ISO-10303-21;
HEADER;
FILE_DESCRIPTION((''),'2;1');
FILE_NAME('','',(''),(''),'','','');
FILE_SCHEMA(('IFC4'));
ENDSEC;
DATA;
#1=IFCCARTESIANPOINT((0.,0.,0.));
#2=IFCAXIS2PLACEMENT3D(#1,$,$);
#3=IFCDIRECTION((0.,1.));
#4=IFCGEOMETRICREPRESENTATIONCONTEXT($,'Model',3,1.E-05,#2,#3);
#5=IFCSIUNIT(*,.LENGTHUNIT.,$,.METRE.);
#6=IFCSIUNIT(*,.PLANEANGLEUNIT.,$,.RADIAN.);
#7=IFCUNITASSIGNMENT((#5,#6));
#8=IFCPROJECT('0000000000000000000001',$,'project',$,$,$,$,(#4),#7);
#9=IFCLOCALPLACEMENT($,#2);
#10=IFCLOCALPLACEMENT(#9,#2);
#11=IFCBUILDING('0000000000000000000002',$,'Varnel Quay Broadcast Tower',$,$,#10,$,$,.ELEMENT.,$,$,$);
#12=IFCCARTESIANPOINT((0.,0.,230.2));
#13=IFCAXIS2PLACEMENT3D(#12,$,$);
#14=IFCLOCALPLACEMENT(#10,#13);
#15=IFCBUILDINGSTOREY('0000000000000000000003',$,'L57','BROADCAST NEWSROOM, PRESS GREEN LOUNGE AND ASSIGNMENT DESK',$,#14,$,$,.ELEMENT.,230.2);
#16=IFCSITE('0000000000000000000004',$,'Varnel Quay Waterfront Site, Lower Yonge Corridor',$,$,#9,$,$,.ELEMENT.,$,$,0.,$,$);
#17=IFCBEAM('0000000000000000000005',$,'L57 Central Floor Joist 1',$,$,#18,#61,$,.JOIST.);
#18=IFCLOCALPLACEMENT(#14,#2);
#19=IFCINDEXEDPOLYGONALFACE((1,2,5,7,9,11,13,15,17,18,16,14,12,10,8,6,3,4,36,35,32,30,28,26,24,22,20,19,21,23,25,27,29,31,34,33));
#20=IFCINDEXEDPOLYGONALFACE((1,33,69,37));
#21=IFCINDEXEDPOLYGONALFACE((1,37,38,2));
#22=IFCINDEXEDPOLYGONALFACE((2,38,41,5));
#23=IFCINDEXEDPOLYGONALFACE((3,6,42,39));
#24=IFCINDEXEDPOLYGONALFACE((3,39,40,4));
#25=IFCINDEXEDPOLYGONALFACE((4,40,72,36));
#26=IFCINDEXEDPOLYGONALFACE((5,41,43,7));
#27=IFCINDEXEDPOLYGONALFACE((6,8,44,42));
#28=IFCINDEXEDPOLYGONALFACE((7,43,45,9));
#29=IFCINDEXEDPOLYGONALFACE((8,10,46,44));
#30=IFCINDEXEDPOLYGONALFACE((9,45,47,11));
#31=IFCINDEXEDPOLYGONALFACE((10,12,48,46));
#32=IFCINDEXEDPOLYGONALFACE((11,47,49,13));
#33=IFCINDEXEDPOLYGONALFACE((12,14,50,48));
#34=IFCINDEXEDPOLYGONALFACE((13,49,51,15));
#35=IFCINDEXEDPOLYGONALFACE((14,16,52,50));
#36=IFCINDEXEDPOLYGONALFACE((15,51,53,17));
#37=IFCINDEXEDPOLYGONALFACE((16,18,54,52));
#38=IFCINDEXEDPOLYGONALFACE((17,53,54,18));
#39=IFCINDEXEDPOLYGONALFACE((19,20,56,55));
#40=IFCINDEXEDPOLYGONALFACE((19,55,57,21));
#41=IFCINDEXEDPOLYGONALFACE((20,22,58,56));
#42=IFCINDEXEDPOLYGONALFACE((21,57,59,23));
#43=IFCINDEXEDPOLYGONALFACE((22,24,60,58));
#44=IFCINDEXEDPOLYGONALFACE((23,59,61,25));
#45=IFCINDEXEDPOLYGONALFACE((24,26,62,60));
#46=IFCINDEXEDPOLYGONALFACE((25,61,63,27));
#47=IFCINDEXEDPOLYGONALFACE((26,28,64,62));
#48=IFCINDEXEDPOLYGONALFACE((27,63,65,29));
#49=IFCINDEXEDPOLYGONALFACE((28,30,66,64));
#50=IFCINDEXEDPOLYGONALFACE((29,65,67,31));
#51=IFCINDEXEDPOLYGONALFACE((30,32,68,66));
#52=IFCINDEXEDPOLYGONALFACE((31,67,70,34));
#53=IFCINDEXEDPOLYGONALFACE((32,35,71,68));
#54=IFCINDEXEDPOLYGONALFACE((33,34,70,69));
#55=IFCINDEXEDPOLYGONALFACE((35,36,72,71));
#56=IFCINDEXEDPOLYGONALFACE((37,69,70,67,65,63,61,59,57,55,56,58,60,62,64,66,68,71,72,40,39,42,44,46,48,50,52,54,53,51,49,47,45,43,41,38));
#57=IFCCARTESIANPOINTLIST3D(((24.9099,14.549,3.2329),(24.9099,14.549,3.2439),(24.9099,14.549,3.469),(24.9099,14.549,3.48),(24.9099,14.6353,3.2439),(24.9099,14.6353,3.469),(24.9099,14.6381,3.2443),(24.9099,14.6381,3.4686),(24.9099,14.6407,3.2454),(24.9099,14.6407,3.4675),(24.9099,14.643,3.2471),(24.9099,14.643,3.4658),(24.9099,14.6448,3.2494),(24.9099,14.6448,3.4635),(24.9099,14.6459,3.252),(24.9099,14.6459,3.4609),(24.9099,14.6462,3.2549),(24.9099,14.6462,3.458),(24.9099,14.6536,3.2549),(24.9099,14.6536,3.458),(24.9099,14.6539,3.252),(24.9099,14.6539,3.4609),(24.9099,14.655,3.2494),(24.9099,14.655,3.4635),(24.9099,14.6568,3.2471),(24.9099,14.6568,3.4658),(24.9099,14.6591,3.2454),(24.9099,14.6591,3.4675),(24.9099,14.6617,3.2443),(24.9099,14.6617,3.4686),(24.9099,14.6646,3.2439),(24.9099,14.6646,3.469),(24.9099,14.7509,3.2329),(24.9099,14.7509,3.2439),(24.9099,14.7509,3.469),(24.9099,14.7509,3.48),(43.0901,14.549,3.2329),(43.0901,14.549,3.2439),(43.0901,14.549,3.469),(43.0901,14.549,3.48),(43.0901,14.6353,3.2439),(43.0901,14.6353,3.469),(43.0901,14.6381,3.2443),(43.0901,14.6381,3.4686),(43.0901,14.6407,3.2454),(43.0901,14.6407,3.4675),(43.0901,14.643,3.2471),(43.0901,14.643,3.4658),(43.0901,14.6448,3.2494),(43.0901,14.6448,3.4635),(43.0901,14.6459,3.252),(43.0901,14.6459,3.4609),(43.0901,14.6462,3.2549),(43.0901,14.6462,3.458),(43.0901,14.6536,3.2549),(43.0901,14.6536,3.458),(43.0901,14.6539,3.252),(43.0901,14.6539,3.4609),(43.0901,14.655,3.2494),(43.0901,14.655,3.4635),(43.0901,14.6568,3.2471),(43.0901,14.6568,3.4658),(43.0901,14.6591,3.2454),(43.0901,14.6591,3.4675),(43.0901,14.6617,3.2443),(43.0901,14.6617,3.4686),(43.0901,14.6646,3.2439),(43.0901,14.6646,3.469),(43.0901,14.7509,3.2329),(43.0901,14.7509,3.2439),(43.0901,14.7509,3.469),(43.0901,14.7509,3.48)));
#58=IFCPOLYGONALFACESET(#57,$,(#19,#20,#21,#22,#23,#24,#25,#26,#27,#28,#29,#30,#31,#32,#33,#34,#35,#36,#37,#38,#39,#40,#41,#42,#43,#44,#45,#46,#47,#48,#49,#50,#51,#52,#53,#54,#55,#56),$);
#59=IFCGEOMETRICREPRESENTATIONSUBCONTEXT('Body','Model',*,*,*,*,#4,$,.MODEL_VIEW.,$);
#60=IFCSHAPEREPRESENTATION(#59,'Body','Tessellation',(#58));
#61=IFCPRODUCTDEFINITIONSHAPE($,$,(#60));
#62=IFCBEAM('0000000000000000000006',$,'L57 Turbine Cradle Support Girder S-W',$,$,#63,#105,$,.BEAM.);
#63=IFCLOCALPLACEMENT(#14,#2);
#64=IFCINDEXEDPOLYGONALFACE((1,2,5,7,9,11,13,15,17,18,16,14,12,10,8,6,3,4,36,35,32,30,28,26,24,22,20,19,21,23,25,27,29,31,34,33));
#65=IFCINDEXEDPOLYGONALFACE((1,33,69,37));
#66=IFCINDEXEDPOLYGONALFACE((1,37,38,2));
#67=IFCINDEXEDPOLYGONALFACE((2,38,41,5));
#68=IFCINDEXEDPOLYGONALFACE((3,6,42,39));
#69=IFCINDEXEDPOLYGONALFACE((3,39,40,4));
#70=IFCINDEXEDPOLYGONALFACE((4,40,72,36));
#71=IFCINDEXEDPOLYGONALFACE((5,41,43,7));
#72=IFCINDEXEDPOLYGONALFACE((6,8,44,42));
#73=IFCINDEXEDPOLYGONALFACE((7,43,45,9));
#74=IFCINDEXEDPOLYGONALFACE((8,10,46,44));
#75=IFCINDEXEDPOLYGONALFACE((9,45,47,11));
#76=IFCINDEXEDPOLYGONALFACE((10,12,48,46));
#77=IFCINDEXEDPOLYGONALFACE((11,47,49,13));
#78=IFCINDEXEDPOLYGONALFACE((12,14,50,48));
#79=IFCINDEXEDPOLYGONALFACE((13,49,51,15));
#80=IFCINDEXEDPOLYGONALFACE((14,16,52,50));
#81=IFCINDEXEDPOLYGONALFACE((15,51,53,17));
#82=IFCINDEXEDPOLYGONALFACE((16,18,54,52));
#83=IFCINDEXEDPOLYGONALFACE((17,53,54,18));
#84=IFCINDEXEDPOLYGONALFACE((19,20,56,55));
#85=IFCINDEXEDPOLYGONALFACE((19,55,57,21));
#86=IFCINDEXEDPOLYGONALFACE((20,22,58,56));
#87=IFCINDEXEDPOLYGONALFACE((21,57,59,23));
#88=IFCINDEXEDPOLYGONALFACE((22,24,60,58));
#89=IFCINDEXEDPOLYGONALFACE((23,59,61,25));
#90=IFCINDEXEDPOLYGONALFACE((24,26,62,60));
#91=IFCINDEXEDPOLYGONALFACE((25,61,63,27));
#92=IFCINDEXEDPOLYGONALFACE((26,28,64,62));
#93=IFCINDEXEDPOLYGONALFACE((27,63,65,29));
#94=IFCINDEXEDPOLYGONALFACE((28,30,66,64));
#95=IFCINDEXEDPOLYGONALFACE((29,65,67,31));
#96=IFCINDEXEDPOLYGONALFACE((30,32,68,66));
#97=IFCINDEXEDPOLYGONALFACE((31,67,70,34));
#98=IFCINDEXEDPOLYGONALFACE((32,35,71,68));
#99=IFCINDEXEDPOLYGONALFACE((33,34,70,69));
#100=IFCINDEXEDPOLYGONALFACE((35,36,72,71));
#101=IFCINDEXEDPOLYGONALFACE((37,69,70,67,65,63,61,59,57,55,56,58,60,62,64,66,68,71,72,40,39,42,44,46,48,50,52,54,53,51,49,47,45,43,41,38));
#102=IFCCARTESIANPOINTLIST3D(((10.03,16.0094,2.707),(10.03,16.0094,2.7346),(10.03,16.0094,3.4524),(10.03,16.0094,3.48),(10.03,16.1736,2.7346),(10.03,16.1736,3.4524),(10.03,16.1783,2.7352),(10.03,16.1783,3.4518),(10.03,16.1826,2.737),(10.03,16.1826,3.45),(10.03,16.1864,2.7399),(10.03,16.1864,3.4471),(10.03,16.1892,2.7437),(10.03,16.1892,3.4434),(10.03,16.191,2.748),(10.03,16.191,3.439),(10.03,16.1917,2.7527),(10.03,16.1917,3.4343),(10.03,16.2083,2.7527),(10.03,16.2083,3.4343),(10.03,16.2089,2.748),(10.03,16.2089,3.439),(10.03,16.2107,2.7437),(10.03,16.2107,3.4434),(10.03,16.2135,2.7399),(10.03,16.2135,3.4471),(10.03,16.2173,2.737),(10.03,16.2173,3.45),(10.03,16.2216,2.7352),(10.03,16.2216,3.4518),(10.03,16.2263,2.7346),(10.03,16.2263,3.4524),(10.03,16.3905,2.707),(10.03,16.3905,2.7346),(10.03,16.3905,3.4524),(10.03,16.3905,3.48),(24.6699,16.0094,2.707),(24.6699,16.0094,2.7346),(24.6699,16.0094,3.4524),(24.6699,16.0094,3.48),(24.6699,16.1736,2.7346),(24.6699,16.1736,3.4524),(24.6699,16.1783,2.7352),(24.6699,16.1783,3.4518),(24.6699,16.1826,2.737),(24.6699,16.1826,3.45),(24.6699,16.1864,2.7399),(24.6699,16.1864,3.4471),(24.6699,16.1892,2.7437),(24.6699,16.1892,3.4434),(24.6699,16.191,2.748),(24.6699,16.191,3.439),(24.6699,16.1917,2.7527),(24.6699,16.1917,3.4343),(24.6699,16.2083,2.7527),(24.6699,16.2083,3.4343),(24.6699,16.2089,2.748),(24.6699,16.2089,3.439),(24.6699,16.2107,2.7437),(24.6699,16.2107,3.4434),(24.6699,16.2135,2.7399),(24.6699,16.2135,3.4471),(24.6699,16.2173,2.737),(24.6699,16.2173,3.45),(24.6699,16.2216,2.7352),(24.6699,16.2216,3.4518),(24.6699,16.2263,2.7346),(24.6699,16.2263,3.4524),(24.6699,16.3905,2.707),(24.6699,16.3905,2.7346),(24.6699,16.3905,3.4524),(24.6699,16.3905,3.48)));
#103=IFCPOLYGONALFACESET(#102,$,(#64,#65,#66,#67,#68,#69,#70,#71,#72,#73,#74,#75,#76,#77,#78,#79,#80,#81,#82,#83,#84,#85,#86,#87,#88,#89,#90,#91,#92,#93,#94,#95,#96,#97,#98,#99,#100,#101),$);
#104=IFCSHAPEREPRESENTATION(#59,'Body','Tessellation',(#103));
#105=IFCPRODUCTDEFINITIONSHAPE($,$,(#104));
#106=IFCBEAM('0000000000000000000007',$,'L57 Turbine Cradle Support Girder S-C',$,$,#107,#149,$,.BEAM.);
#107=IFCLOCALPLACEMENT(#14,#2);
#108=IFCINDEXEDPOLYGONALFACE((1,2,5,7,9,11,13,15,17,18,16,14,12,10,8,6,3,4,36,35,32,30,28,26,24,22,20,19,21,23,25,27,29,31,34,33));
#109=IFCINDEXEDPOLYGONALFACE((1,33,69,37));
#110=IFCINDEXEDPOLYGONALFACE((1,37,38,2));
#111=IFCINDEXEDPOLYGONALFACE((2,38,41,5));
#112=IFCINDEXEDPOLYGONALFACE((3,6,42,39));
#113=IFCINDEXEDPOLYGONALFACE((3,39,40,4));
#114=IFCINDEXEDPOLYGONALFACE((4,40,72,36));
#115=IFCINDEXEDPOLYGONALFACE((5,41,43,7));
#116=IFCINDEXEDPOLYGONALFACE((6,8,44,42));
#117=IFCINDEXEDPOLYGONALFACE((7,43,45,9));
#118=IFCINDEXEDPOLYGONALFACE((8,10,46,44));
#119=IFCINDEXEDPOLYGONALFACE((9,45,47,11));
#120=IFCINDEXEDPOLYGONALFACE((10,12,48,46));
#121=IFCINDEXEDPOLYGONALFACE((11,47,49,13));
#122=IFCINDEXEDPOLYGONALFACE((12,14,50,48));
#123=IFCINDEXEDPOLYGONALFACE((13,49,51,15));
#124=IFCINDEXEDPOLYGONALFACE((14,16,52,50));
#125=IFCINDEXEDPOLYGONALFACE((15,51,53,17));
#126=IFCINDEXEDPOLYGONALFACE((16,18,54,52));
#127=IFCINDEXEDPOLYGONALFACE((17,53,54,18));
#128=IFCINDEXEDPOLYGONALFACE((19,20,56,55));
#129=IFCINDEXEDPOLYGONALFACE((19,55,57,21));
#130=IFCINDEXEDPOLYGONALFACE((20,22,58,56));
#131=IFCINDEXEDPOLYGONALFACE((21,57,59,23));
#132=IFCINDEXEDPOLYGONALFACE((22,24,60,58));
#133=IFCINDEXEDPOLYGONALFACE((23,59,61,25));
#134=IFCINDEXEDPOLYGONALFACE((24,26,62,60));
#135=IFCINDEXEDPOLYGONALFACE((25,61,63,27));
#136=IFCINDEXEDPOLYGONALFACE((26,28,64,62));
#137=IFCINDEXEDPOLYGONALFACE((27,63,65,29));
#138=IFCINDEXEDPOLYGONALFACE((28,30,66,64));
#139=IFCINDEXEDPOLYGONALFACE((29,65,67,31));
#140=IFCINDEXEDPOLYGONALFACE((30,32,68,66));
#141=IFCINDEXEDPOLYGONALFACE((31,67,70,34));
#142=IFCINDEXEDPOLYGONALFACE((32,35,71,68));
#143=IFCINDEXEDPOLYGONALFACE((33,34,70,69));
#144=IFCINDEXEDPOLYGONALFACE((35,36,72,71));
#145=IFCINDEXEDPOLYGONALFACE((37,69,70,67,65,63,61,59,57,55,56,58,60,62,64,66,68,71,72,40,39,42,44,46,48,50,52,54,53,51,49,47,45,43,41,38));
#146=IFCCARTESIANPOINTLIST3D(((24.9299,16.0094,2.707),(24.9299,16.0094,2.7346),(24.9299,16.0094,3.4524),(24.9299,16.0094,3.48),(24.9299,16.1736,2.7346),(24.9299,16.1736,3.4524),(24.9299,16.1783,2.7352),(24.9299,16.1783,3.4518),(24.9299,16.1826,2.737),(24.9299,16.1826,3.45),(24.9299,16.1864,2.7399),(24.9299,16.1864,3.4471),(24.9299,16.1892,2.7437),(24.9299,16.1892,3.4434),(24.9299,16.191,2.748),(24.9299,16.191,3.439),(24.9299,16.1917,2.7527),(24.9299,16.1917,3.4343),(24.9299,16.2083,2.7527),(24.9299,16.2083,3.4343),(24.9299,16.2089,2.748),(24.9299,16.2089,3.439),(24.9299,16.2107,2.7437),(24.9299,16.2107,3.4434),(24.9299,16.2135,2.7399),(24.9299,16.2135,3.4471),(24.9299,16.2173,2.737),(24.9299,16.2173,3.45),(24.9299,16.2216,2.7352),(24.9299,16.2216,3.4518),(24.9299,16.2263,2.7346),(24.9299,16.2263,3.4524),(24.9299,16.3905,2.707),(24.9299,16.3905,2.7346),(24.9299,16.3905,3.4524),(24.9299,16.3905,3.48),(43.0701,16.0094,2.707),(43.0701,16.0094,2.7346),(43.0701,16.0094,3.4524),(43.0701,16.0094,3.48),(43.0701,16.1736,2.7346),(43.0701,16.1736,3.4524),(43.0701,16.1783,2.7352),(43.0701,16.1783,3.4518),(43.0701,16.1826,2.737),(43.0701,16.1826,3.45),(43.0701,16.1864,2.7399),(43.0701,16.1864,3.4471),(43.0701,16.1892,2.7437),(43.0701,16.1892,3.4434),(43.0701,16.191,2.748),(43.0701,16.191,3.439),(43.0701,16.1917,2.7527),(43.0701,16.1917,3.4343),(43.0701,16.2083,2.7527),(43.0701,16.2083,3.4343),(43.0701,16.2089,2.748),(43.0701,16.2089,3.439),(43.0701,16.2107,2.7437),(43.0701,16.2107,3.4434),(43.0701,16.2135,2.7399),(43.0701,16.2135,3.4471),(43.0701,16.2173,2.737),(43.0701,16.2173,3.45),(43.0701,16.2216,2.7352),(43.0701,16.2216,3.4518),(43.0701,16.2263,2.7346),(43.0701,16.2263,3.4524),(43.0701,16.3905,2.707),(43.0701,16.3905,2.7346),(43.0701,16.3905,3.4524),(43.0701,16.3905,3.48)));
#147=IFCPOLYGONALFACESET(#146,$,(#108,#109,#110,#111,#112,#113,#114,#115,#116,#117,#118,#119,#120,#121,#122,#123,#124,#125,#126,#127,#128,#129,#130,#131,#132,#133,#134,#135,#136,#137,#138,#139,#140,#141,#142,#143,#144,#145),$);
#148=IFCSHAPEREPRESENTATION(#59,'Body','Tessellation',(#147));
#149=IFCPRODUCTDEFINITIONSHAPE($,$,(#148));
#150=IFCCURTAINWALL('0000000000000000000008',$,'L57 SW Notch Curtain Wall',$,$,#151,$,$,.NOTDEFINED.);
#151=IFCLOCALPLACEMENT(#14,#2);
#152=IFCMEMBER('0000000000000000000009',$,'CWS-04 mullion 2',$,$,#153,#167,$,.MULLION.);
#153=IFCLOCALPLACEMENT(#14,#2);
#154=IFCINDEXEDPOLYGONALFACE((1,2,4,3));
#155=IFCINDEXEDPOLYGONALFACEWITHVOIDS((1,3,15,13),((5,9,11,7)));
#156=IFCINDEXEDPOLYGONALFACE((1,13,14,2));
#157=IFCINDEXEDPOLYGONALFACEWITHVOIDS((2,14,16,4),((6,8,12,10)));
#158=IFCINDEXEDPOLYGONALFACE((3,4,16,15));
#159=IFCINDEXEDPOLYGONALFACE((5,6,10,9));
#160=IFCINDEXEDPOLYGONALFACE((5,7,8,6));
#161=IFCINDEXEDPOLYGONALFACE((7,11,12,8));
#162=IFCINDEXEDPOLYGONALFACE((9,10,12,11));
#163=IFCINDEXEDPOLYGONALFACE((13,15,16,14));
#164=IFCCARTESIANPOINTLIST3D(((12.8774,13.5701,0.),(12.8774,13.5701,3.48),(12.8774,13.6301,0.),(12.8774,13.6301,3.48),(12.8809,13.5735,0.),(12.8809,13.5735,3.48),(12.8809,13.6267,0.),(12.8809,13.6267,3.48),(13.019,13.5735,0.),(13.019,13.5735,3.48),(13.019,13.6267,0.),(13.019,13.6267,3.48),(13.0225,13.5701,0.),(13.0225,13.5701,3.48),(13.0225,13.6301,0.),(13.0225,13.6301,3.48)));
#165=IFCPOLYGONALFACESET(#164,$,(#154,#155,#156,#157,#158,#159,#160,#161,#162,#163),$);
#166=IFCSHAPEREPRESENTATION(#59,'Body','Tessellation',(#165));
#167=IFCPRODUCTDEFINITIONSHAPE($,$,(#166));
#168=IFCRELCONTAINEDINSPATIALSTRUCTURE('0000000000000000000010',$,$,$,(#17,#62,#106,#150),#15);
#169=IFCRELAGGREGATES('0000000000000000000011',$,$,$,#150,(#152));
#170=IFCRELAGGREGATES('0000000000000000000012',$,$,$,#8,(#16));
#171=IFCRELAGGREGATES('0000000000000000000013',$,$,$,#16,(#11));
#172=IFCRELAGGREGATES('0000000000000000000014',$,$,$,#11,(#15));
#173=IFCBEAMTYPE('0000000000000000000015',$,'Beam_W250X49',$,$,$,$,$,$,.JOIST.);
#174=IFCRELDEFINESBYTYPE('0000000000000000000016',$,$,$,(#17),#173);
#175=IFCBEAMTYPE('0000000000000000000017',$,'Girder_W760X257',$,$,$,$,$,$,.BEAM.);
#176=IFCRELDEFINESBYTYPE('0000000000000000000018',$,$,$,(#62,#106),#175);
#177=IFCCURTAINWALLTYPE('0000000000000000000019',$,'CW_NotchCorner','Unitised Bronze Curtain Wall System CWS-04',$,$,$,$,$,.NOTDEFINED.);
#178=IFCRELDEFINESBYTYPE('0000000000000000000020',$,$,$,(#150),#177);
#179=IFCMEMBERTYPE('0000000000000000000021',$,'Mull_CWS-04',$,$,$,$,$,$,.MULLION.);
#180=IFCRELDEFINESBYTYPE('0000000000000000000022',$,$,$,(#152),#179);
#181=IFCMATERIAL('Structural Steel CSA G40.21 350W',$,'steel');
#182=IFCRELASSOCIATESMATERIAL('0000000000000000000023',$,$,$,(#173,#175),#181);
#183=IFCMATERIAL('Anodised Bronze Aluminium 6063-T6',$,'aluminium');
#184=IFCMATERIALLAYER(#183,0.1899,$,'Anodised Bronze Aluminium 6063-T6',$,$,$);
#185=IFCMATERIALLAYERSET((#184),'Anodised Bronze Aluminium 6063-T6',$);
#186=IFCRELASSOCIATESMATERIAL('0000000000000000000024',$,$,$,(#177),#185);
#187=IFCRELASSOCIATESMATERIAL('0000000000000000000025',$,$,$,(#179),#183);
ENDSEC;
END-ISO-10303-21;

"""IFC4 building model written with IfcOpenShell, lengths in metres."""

from ifc_helpers import new_model, si_unit, direction, frame, origin, origin_2d, place, context, subcontext, project, spatial, hollow_rectangle, i_section, extrude, source, transform, mapped, material, layer, layer_set, material_profile, profile_set, type_object, type_shapes, element, aggregate, save


model = new_model("IFC4")

# Units and contexts
model_context = context("Model", 3, precision=1e-05, world=origin(), true_north=direction((0.0, 1.0)))
body_context = subcontext(model_context, "Body", "Model", "MODEL_VIEW")
ifc_project = project(units=[si_unit("LENGTHUNIT", "METRE"), si_unit("PLANEANGLEUNIT", "RADIAN")], contexts=[model_context])

# Site, building, storey
site_placement = place(None, origin())
site = spatial("IfcSite", under=ifc_project, at=site_placement, Name="Varnel Quay Waterfront Site, Lower Yonge Corridor", CompositionType="ELEMENT", RefElevation=0.0)
building_placement = place(site_placement, origin())
building = spatial("IfcBuilding", under=site, at=building_placement, Name="Varnel Quay Broadcast Tower", CompositionType="ELEMENT")
storey_placement = place(building_placement, frame((0.0, 0.0, 230.2)))
storey = spatial("IfcBuildingStorey", under=building, at=storey_placement, Name="L57", Description="BROADCAST NEWSROOM, PRESS GREEN LOUNGE AND ASSIGNMENT DESK", CompositionType="ELEMENT", Elevation=230.2)

# Shared definitions
ifc_material_1 = material(Name="Structural Steel CSA G40.21 350W", Category="steel")

# Beams
ifc_material_profile_1 = material_profile(ifc_material_1, i_section(OverallWidth=0.2019, OverallDepth=0.2471, WebThickness=0.0073, FlangeThickness=0.011, FilletRadius=0.011, at=origin_2d()), Name="W250X49")
ifc_profile_set_1 = profile_set([ifc_material_profile_1], Name="Structural Steel CSA G40.21 350W")
beam_type_1 = type_object("IfcBeamType", Name="Beam_W250X49", PredefinedType="JOIST", material=ifc_profile_set_1)
shared_shape_1 = source(origin(), body_context, "Body", "SweptSolid", [
    extrude(i_section(OverallWidth=0.2019, OverallDepth=0.2471, WebThickness=0.0073, FlangeThickness=0.011, FilletRadius=0.011, at=origin_2d()), origin(), (0.0, 0.0, 1.0), 18.1802),
])
beam_1_placement = place(storey_placement, frame((24.9099, 14.6499, 3.3564), z_axis=(1.0, 0.0, 0.0), x_axis=(0.0, 1.0, 0.0)))
element("IfcBeam", 1, at=beam_1_placement, inside=storey, type_object=beam_type_1, Name="L57 Central Floor Joist 1", PredefinedType="JOIST", context=body_context, shape_type="MappedRepresentation", body=[
    mapped(shared_shape_1, transform((0.0, 0.0, 0.0), x_axis=(1.0, 0.0, 0.0), y_axis=(0.0, 1.0, 0.0), z_axis=(0.0, 0.0, 1.0), scale=1.0)),
])
ifc_material_profile_2 = material_profile(ifc_material_1, i_section(OverallWidth=0.3811, OverallDepth=0.7729, WebThickness=0.0166, FlangeThickness=0.0276, FilletRadius=0.0181, at=origin_2d()), Name="W760X257")
ifc_profile_set_2 = profile_set([ifc_material_profile_2], Name="Structural Steel CSA G40.21 350W")
beam_type_2 = type_object("IfcBeamType", Name="Girder_W760X257", PredefinedType="BEAM", material=ifc_profile_set_2)
shared_shape_2 = source(origin(), body_context, "Body", "SweptSolid", [
    extrude(i_section(OverallWidth=0.3811, OverallDepth=0.7729, WebThickness=0.0166, FlangeThickness=0.0276, FilletRadius=0.0181, at=origin_2d()), origin(), (0.0, 0.0, 1.0), 14.6399),
])
beam_2_placement = place(storey_placement, frame((10.03, 16.2, 3.0935), z_axis=(1.0, 0.0, 0.0), x_axis=(0.0, 1.0, 0.0)))
element("IfcBeam", 2, at=beam_2_placement, inside=storey, type_object=beam_type_2, Name="L57 Turbine Cradle Support Girder S-W", PredefinedType="BEAM", context=body_context, shape_type="MappedRepresentation", body=[
    mapped(shared_shape_2, transform((0.0, 0.0, 0.0), x_axis=(1.0, 0.0, 0.0), y_axis=(0.0, 1.0, 0.0), z_axis=(0.0, 0.0, 1.0), scale=1.0)),
])
shared_shape_3 = source(origin(), body_context, "Body", "SweptSolid", [
    extrude(i_section(OverallWidth=0.3811, OverallDepth=0.7729, WebThickness=0.0166, FlangeThickness=0.0276, FilletRadius=0.0181, at=origin_2d()), origin(), (0.0, 0.0, 1.0), 18.1401),
])
type_shapes(beam_type_2, [shared_shape_2, shared_shape_3])
beam_3_placement = place(storey_placement, frame((24.9299, 16.2, 3.0935), z_axis=(1.0, 0.0, 0.0), x_axis=(0.0, 1.0, 0.0)))
element("IfcBeam", 3, at=beam_3_placement, inside=storey, type_object=beam_type_2, Name="L57 Turbine Cradle Support Girder S-C", PredefinedType="BEAM", context=body_context, shape_type="MappedRepresentation", body=[
    mapped(shared_shape_3, transform((0.0, 0.0, 0.0), x_axis=(1.0, 0.0, 0.0), y_axis=(0.0, 1.0, 0.0), z_axis=(0.0, 0.0, 1.0), scale=1.0)),
])

# Curtain wall, member
ifc_material_2 = material(Name="Anodised Bronze Aluminium 6063-T6", Category="aluminium")
ifc_layer_1 = layer(ifc_material_2, 0.1899, Name="Anodised Bronze Aluminium 6063-T6")
ifc_layer_set_1 = layer_set([ifc_layer_1], Name="Anodised Bronze Aluminium 6063-T6")
curtain_wall_type_1 = type_object("IfcCurtainWallType", Name="CW_NotchCorner", Description="Unitised Bronze Curtain Wall System CWS-04", PredefinedType="NOTDEFINED", material=ifc_layer_set_1)
curtain_wall_1_placement = place(storey_placement, origin())
curtain_wall_1 = element("IfcCurtainWall", 4, at=curtain_wall_1_placement, inside=storey, type_object=curtain_wall_type_1, Name="L57 SW Notch Curtain Wall", PredefinedType="NOTDEFINED")
ifc_material_profile_3 = material_profile(ifc_material_2, hollow_rectangle(XDim=0.0601, YDim=0.145, WallThickness=0.0034, at=origin_2d()), Name="ALU60X145X3.5")
ifc_profile_set_3 = profile_set([ifc_material_profile_3], Name="Anodised Bronze Aluminium 6063-T6")
member_type_1 = type_object("IfcMemberType", Name="Mull_CWS-04", PredefinedType="MULLION", material=ifc_profile_set_3)
shared_shape_4 = source(origin(), body_context, "Body", "SweptSolid", [
    extrude(hollow_rectangle(XDim=0.0601, YDim=0.145, WallThickness=0.0034, at=origin_2d()), origin(), (0.0, 0.0, 1.0), 3.48),
])
type_shapes(member_type_1, [shared_shape_4])
member_1_placement = place(storey_placement, frame((12.95, 13.6001, 0.0), z_axis=(0.0, 0.0, 1.0), x_axis=(0.0, 1.0, 0.0)))
member_1 = element("IfcMember", 5, at=member_1_placement, type_object=member_type_1, Name="CWS-04 mullion 2", PredefinedType="MULLION", context=body_context, shape_type="MappedRepresentation", body=[
    mapped(shared_shape_4, transform((0.0, 0.0, 0.0), x_axis=(1.0, 0.0, 0.0), y_axis=(0.0, 1.0, 0.0), z_axis=(0.0, 0.0, 1.0), scale=1.0)),
])

aggregate(curtain_wall_1, [member_1])

save(model, "model.ifc")
